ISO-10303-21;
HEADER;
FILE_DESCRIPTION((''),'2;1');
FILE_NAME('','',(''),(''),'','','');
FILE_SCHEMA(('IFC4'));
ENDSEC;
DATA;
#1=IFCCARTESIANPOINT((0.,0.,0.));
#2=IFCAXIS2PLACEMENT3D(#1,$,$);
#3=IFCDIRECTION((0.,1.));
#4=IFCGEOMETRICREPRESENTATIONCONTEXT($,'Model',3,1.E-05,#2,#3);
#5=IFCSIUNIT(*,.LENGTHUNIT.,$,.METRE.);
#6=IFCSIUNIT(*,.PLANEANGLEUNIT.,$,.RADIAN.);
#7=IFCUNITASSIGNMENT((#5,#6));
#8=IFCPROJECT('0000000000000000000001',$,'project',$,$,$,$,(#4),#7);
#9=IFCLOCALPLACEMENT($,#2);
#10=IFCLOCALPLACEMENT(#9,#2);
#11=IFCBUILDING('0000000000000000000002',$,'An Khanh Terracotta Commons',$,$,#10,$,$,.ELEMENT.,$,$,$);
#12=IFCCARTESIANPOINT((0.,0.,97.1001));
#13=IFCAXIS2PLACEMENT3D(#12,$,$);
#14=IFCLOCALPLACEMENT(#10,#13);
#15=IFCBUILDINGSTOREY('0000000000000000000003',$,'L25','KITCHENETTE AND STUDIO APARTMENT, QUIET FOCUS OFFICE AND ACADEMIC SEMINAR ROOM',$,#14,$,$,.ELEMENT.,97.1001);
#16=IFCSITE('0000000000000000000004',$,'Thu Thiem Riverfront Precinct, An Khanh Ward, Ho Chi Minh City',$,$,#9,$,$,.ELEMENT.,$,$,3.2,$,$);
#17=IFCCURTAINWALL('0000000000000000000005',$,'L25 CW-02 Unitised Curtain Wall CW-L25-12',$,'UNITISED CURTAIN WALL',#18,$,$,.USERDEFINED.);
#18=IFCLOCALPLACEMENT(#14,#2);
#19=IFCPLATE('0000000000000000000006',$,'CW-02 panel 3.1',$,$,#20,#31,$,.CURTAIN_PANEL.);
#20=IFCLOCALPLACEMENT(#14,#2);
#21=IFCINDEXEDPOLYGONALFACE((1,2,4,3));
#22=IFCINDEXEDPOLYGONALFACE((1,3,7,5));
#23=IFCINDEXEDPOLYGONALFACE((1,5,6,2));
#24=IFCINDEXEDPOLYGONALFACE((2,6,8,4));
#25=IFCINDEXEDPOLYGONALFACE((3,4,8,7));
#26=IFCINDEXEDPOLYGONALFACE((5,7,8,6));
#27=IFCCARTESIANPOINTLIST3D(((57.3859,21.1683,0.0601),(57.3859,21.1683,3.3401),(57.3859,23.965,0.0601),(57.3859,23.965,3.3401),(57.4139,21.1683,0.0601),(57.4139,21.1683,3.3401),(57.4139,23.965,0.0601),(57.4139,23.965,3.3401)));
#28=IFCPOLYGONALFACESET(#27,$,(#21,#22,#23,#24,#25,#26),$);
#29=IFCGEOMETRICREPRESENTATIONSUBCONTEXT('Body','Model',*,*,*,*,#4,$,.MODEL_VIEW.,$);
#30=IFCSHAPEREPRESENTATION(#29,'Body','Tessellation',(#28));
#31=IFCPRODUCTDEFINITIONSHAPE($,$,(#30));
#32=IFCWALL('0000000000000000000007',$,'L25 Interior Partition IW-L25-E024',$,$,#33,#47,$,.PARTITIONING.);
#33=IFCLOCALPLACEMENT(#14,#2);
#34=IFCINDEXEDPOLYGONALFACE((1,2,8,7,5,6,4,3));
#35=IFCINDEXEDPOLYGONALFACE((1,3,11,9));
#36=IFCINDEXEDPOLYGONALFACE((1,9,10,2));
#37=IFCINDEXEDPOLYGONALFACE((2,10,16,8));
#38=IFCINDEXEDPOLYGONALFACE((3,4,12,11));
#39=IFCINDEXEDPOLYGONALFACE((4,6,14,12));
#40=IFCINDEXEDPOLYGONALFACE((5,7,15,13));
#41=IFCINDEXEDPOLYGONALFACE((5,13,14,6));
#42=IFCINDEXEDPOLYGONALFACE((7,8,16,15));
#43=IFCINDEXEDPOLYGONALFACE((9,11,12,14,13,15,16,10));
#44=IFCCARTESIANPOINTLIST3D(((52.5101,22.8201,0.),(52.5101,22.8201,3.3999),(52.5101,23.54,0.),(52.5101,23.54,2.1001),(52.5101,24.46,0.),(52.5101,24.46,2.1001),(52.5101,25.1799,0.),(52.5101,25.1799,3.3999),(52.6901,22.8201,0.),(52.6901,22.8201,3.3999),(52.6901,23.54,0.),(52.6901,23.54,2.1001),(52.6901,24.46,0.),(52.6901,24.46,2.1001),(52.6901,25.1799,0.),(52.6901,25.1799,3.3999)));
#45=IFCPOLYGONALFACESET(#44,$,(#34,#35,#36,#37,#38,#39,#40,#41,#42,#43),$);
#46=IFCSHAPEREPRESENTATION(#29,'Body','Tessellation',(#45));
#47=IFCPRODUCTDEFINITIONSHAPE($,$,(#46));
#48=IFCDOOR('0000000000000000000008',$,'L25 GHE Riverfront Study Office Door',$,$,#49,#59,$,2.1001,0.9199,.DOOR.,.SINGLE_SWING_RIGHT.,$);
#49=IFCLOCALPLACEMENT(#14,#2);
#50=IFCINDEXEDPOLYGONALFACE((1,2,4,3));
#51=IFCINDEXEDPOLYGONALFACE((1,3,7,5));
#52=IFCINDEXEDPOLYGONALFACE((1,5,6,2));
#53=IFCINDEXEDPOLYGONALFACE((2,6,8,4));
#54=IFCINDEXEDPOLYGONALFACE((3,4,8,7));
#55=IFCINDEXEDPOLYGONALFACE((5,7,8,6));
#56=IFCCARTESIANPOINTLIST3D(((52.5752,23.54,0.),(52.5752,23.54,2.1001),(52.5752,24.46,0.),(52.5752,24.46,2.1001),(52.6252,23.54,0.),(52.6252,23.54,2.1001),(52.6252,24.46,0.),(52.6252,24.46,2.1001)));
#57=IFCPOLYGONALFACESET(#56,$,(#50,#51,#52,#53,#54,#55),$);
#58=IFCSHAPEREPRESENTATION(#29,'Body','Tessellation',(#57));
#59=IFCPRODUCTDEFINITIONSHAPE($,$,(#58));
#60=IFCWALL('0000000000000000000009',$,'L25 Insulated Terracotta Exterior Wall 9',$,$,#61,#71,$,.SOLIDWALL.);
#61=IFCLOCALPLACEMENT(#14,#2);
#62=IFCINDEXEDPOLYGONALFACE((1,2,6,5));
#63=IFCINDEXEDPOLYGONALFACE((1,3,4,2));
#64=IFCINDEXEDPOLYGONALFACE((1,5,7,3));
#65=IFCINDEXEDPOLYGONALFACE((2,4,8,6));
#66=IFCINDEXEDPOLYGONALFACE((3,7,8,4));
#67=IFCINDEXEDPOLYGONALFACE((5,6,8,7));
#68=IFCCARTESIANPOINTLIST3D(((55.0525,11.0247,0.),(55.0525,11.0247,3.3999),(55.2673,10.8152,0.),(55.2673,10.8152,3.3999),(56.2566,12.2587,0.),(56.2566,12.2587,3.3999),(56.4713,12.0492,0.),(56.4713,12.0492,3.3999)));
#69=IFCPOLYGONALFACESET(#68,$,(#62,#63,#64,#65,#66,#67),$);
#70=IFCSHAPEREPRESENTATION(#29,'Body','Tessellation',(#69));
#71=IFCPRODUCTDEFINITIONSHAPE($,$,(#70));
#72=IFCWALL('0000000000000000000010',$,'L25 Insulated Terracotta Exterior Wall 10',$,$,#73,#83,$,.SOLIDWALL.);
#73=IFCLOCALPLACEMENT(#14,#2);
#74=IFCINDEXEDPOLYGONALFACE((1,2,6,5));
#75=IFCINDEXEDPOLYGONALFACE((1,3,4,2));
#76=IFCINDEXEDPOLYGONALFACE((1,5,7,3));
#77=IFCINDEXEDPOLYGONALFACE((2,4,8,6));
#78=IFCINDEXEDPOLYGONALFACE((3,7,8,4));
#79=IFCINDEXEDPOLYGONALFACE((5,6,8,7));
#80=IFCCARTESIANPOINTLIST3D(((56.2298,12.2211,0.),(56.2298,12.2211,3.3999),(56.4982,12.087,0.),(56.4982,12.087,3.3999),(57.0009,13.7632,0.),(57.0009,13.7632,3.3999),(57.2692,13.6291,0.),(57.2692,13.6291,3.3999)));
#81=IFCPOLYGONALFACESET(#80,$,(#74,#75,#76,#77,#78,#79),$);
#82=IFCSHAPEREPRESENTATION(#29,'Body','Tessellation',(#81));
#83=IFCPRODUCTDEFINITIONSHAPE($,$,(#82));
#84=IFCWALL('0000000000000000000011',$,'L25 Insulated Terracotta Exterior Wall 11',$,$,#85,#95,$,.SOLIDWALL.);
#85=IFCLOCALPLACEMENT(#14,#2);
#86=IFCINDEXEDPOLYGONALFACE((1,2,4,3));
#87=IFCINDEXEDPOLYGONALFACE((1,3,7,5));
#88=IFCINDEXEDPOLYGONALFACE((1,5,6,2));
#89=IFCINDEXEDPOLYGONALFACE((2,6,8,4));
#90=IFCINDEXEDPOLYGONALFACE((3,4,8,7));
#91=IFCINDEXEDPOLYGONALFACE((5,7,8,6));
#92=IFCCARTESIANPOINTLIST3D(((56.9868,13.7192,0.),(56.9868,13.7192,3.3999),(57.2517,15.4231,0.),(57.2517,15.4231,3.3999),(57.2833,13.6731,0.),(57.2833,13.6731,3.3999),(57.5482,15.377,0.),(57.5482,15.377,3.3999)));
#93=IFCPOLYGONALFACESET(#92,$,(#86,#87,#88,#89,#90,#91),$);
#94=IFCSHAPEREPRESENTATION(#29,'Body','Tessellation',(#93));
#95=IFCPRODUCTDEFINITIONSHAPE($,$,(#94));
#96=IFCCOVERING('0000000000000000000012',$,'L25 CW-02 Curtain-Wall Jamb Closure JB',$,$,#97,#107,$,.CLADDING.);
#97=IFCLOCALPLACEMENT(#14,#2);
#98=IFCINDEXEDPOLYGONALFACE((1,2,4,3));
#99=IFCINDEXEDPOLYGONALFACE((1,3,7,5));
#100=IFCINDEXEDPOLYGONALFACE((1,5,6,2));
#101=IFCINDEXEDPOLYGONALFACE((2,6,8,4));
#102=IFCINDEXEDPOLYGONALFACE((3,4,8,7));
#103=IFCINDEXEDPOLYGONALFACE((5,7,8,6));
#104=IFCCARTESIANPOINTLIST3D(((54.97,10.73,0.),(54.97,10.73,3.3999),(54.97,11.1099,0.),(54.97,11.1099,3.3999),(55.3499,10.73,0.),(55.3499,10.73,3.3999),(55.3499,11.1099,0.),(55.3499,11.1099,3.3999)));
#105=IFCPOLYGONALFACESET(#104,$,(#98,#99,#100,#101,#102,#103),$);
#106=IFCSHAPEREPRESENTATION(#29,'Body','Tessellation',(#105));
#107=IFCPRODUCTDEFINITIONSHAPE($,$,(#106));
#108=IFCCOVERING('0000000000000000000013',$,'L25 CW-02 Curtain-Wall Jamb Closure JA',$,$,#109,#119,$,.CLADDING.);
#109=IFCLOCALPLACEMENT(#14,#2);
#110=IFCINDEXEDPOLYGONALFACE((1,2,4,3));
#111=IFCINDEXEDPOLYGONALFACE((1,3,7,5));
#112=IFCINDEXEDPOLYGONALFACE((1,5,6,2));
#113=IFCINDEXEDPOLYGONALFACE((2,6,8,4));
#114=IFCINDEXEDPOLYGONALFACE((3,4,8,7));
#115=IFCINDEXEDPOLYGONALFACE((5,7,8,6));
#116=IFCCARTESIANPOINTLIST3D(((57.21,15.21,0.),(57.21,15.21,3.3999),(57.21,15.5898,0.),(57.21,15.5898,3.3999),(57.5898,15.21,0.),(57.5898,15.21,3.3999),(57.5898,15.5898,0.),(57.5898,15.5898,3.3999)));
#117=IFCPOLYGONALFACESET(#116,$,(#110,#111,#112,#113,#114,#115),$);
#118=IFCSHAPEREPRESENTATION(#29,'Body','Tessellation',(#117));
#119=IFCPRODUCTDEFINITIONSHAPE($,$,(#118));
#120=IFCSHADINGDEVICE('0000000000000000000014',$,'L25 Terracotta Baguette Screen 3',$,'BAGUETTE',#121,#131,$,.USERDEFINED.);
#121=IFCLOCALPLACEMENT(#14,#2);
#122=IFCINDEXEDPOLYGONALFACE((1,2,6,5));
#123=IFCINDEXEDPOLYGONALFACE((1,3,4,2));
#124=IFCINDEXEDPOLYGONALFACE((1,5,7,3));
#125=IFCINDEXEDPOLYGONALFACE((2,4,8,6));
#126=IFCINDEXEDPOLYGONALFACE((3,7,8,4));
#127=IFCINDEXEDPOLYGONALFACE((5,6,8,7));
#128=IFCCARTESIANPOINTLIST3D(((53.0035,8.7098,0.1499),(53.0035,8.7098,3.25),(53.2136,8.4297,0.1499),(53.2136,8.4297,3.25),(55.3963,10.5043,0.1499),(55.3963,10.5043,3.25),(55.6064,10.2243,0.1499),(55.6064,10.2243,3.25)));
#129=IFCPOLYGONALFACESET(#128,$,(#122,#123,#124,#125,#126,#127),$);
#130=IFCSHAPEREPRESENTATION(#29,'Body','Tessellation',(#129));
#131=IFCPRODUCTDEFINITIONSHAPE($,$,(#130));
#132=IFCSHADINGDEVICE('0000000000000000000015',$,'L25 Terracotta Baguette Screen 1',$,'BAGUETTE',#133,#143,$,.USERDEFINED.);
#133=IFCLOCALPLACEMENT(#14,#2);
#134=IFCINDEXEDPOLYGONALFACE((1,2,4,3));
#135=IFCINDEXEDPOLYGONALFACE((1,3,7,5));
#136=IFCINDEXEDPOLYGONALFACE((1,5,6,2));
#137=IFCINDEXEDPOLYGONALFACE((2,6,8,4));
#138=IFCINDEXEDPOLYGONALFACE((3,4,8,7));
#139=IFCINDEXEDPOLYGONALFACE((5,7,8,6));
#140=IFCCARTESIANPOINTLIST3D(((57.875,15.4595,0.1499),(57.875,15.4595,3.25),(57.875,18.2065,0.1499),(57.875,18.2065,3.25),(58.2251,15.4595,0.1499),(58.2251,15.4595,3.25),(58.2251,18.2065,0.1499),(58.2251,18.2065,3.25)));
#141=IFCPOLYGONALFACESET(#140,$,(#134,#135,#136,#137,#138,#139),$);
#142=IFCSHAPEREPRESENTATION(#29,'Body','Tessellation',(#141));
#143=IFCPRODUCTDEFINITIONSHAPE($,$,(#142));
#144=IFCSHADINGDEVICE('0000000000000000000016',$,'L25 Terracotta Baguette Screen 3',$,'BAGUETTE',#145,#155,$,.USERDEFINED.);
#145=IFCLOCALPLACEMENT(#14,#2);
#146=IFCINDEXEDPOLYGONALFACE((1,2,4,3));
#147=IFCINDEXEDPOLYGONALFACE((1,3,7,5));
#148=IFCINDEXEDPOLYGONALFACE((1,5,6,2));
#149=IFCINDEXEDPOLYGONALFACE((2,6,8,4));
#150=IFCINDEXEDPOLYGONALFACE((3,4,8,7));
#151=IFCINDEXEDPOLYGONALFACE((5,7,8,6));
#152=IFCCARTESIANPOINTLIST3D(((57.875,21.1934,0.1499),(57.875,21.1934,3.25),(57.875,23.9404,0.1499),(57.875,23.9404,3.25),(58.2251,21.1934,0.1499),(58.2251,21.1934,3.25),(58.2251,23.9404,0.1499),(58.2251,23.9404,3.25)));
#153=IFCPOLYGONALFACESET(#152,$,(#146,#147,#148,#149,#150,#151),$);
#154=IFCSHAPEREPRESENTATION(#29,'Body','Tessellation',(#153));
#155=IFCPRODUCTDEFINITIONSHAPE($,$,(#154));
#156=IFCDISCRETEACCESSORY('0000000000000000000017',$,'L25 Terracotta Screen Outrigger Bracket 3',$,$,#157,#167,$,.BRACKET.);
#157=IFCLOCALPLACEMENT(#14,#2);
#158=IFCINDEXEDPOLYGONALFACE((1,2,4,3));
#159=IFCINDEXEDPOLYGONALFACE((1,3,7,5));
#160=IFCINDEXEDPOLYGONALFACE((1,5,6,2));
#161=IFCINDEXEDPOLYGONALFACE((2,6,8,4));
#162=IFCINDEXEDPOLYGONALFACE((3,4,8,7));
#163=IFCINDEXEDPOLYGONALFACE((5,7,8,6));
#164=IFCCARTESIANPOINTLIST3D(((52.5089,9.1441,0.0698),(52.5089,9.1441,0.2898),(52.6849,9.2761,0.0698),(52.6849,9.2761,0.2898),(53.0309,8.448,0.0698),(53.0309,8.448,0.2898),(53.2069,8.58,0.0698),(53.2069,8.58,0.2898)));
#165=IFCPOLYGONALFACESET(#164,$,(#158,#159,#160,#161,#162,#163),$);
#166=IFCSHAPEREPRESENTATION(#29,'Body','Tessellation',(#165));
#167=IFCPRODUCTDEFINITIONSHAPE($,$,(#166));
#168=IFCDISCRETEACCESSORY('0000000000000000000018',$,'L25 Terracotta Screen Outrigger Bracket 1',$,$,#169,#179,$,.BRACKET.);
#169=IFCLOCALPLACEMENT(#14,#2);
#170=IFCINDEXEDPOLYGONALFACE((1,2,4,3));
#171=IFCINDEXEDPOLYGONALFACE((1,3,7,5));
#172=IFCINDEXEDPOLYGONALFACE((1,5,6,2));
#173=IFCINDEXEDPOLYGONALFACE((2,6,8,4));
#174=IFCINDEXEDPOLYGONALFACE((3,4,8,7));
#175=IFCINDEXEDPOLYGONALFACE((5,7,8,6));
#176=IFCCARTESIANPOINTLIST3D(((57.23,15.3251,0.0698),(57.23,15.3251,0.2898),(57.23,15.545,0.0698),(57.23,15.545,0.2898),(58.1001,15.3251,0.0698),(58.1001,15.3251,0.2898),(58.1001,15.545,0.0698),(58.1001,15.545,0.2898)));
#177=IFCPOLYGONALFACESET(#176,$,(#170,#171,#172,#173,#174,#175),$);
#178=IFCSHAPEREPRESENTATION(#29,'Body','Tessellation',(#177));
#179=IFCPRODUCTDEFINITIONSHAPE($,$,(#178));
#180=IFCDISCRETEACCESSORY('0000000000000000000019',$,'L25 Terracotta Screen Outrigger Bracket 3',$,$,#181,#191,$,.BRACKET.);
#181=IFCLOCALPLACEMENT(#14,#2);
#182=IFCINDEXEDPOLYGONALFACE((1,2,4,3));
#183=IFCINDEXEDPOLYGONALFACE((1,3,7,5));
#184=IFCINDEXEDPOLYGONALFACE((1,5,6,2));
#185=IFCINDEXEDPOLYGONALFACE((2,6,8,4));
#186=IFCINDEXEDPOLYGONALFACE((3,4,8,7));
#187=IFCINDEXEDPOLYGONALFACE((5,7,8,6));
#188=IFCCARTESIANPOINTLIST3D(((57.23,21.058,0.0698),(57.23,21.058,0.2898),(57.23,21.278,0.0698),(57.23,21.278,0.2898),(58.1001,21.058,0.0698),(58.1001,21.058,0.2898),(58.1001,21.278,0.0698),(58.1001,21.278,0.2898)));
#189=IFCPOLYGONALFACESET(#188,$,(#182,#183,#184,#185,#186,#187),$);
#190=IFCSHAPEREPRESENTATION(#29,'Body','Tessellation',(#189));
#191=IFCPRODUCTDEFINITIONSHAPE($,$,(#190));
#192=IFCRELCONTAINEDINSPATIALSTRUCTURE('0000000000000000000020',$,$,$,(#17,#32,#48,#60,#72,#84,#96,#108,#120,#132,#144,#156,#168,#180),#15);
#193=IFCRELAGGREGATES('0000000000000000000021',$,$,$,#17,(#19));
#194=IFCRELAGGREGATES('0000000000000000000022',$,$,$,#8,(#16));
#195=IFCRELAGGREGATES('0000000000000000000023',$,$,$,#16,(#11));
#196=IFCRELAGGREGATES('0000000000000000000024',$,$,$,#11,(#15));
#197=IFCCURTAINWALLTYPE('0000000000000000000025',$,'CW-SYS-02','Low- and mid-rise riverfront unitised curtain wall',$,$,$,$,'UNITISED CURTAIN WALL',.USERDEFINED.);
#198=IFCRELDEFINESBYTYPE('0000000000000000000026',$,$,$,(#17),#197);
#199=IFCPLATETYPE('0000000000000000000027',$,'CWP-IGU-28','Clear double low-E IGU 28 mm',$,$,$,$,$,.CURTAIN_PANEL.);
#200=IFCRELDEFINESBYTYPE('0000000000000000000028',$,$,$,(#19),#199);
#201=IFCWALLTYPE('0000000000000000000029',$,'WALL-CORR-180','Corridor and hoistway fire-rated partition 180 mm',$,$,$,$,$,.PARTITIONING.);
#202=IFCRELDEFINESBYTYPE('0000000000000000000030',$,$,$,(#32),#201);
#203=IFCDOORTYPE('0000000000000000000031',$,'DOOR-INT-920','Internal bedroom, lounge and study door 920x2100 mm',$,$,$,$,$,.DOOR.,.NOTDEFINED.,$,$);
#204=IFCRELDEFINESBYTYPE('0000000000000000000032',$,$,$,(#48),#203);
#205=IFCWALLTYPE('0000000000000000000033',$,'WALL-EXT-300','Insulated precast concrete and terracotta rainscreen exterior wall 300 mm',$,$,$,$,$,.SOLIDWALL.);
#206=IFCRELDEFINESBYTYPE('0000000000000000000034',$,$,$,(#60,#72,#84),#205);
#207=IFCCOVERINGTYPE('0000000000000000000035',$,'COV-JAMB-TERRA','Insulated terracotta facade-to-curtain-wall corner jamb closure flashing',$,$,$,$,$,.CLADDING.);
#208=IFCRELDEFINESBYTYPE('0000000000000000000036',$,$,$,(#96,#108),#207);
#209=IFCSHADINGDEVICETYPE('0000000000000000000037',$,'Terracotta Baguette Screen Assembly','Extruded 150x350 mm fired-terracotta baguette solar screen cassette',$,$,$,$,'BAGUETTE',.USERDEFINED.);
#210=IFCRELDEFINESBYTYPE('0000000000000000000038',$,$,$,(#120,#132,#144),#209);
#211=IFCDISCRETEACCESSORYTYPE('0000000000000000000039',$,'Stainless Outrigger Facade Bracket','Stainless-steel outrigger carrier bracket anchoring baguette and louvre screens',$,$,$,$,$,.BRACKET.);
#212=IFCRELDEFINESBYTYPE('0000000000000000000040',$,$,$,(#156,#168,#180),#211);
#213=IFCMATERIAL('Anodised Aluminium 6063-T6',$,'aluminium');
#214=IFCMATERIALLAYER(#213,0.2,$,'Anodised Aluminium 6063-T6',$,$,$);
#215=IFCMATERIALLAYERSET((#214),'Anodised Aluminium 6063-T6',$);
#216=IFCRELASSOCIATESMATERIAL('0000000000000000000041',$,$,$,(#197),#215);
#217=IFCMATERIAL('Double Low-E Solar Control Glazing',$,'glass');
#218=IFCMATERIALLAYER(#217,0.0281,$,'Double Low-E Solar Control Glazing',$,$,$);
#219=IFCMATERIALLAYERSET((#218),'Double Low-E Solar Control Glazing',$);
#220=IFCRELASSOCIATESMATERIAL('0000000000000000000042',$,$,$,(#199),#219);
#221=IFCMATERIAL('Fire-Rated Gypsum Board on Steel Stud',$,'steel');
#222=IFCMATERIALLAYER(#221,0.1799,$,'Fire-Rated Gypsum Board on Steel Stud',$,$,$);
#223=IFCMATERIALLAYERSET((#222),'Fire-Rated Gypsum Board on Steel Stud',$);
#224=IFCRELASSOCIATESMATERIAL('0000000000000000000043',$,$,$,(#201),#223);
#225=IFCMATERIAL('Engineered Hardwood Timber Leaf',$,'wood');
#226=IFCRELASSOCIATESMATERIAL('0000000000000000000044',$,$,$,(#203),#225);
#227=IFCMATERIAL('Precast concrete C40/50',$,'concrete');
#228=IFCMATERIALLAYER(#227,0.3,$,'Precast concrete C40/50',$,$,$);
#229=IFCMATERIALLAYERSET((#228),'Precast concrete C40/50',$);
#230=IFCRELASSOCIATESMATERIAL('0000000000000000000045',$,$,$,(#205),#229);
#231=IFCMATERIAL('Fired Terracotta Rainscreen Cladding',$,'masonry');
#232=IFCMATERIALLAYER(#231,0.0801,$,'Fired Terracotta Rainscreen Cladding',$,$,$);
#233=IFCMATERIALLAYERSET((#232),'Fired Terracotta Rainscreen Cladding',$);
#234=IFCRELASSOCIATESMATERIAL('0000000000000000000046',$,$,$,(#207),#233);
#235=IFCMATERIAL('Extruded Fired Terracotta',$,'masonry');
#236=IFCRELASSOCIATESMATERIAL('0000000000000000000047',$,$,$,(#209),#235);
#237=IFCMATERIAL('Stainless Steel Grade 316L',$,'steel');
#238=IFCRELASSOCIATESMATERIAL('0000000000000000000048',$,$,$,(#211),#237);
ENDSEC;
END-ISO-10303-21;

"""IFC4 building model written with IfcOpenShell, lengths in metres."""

from ifc_helpers import new_model, si_unit, direction, frame, frame_2d, origin, origin_2d, place, context, subcontext, project, spatial, rectangle, extrude, material, layer, layer_set, type_object, element, fill, aggregate, save


model = new_model("IFC4")

# Units and contexts
model_context = context("Model", 3, precision=1e-05, world=origin(), true_north=direction((0.0, 1.0)))
body_context = subcontext(model_context, "Body", "Model", "MODEL_VIEW")
ifc_project = project(units=[si_unit("LENGTHUNIT", "METRE"), si_unit("PLANEANGLEUNIT", "RADIAN")], contexts=[model_context])

# Site, building, storey
site_placement = place(None, origin())
site = spatial("IfcSite", under=ifc_project, at=site_placement, Name="Thu Thiem Riverfront Precinct, An Khanh Ward, Ho Chi Minh City", CompositionType="ELEMENT", RefElevation=3.2)
building_placement = place(site_placement, origin())
building = spatial("IfcBuilding", under=site, at=building_placement, Name="An Khanh Terracotta Commons", CompositionType="ELEMENT")
storey_placement = place(building_placement, frame((0.0, 0.0, 97.1001)))
storey = spatial("IfcBuildingStorey", under=building, at=storey_placement, Name="L25", Description="KITCHENETTE AND STUDIO APARTMENT, QUIET FOCUS OFFICE AND ACADEMIC SEMINAR ROOM", CompositionType="ELEMENT", Elevation=97.1001)

# Curtain wall
ifc_material_1 = material(Name="Anodised Aluminium 6063-T6", Category="aluminium")
ifc_layer_1 = layer(ifc_material_1, 0.2, Name="Anodised Aluminium 6063-T6")
ifc_layer_set_1 = layer_set([ifc_layer_1], Name="Anodised Aluminium 6063-T6")
curtain_wall_type = type_object("IfcCurtainWallType", Name="CW-SYS-02", Description="Low- and mid-rise riverfront unitised curtain wall", ElementType="UNITISED CURTAIN WALL", PredefinedType="USERDEFINED", material=ifc_layer_set_1)
curtain_wall_1_placement = place(storey_placement, origin())
curtain_wall_1 = element("IfcCurtainWall", 1, at=curtain_wall_1_placement, inside=storey, type_object=curtain_wall_type, Name="L25 CW-02 Unitised Curtain Wall CW-L25-12", ObjectType="UNITISED CURTAIN WALL", PredefinedType="USERDEFINED")

# Plate
ifc_material_2 = material(Name="Double Low-E Solar Control Glazing", Category="glass")
ifc_layer_2 = layer(ifc_material_2, 0.0281, Name="Double Low-E Solar Control Glazing")
ifc_layer_set_2 = layer_set([ifc_layer_2], Name="Double Low-E Solar Control Glazing")
plate_type = type_object("IfcPlateType", Name="CWP-IGU-28", Description="Clear double low-E IGU 28 mm", PredefinedType="CURTAIN_PANEL", material=ifc_layer_set_2)
plate_1_placement = place(storey_placement, frame((57.3999, 22.5667, 0.0601), z_axis=(0.0, 0.0, 1.0), x_axis=(0.0, 1.0, 0.0)))
plate_1 = element("IfcPlate", 2, at=plate_1_placement, type_object=plate_type, Name="CW-02 panel 3.1", PredefinedType="CURTAIN_PANEL", context=body_context, shape_type="SweptSolid", body=[
    extrude(rectangle(XDim=2.7966, YDim=0.0281, at=origin_2d()), origin(), (0.0, 0.0, 1.0), 3.28),
])
aggregate(curtain_wall_1, [plate_1])

# Wall, opening, door
ifc_material_3 = material(Name="Fire-Rated Gypsum Board on Steel Stud", Category="steel")
ifc_layer_3 = layer(ifc_material_3, 0.1799, Name="Fire-Rated Gypsum Board on Steel Stud")
ifc_layer_set_3 = layer_set([ifc_layer_3], Name="Fire-Rated Gypsum Board on Steel Stud")
wall_type_1 = type_object("IfcWallType", Name="WALL-CORR-180", Description="Corridor and hoistway fire-rated partition 180 mm", PredefinedType="PARTITIONING", material=ifc_layer_set_3)
wall_1_placement = place(storey_placement, frame((52.6001, 22.8201, 0.0), z_axis=(0.0, 0.0, 1.0), x_axis=(0.0, 1.0, 0.0)))
wall_1 = element("IfcWall", 3, at=wall_1_placement, inside=storey, type_object=wall_type_1, Name="L25 Interior Partition IW-L25-E024", PredefinedType="PARTITIONING", context=body_context, shape_type="SweptSolid", body=[
    extrude(rectangle(XDim=2.3599, YDim=0.1799, at=frame_2d((1.1799, 0.0))), origin(), (0.0, 0.0, 1.0), 3.3999),
])
opening_placement = place(wall_1_placement, frame((0.72, 0.0, 0.0)))
opening = element("IfcOpeningElement", 4, at=opening_placement, cuts=wall_1, PredefinedType="OPENING", context=body_context, shape_type="SweptSolid", body=[
    extrude(rectangle(XDim=0.9199, YDim=2.1001, at=frame_2d((0.46, 1.05))), frame((0.0, 0.0999, 0.0), z_axis=(0.0, -1.0, 0.0), x_axis=(1.0, 0.0, 0.0)), (0.0, 0.0, 1.0), 0.2),
])
ifc_material_4 = material(Name="Engineered Hardwood Timber Leaf", Category="wood")
door_type = type_object("IfcDoorType", Name="DOOR-INT-920", Description="Internal bedroom, lounge and study door 920x2100 mm", OperationType="NOTDEFINED", PredefinedType="DOOR", material=ifc_material_4)
door_placement = place(opening_placement, origin())
door = element("IfcDoor", 5, at=door_placement, inside=storey, type_object=door_type, Name="L25 GHE Riverfront Study Office Door", OperationType="SINGLE_SWING_RIGHT", OverallHeight=2.1001, OverallWidth=0.9199, PredefinedType="DOOR", context=body_context, shape_type="SweptSolid", body=[
    extrude(rectangle(XDim=0.9199, YDim=2.1001, at=frame_2d((0.46, 1.05))), frame((0.0, 0.0249, 0.0), z_axis=(0.0, -1.0, 0.0), x_axis=(1.0, 0.0, 0.0)), (0.0, 0.0, 1.0), 0.05),
])
fill(opening, door)

# Walls
ifc_material_5 = material(Name="Precast concrete C40/50", Category="concrete")
ifc_layer_4 = layer(ifc_material_5, 0.3, Name="Precast concrete C40/50")
ifc_layer_set_4 = layer_set([ifc_layer_4], Name="Precast concrete C40/50")
wall_type_2 = type_object("IfcWallType", Name="WALL-EXT-300", Description="Insulated precast concrete and terracotta rainscreen exterior wall 300 mm", PredefinedType="SOLIDWALL", material=ifc_layer_set_4)
for number, where, z_axis, x_axis, name in (
    (6, (55.1599, 10.9199, 0.0), (0.0, 0.0, 1.0), (0.698345, 0.715761, 0.0), "L25 Insulated Terracotta Exterior Wall 9"),
    (7, (56.364, 12.1541, 0.0), (0.0, 0.0, 1.0), (0.447214, 0.894427, 0.0), "L25 Insulated Terracotta Exterior Wall 10"),
):
    element("IfcWall", number, at=place(storey_placement, frame(where, z_axis=z_axis, x_axis=x_axis)), inside=storey, type_object=wall_type_2, Name=name, PredefinedType="SOLIDWALL", context=body_context, shape_type="SweptSolid", body=[
        extrude(rectangle(XDim=1.7241, YDim=0.3, at=frame_2d((0.8621, 0.0))), origin(), (0.0, 0.0, 1.0), 3.3999),
    ])
wall_2_placement = place(storey_placement, frame((57.135, 13.696, 0.0), z_axis=(0.0, 0.0, 1.0), x_axis=(0.153621, 0.98813, 0.0)))
element("IfcWall", 8, at=wall_2_placement, inside=storey, type_object=wall_type_2, Name="L25 Insulated Terracotta Exterior Wall 11", PredefinedType="SOLIDWALL", context=body_context, shape_type="SweptSolid", body=[
    extrude(rectangle(XDim=1.7244, YDim=0.3, at=frame_2d((0.8623, 0.0))), origin(), (0.0, 0.0, 1.0), 3.3999),
])

# Coverings
ifc_material_6 = material(Name="Fired Terracotta Rainscreen Cladding", Category="masonry")
ifc_layer_5 = layer(ifc_material_6, 0.0801, Name="Fired Terracotta Rainscreen Cladding")
ifc_layer_set_5 = layer_set([ifc_layer_5], Name="Fired Terracotta Rainscreen Cladding")
covering_type = type_object("IfcCoveringType", Name="COV-JAMB-TERRA", Description="Insulated terracotta facade-to-curtain-wall corner jamb closure flashing", PredefinedType="CLADDING", material=ifc_layer_set_5)
for number, where, z_axis, x_axis, name in (
    (9, (55.1599, 10.9199, 0.0), (0.0, 0.0, 1.0), (1.0, 0.0, 0.0), "L25 CW-02 Curtain-Wall Jamb Closure JB"),
    (10, (57.3999, 15.3999, 0.0), (0.0, 0.0, 1.0), (1.0, 0.0, 0.0), "L25 CW-02 Curtain-Wall Jamb Closure JA"),
):
    element("IfcCovering", number, at=place(storey_placement, frame(where, z_axis=z_axis, x_axis=x_axis)), inside=storey, type_object=covering_type, Name=name, PredefinedType="CLADDING", context=body_context, shape_type="SweptSolid", body=[
        extrude(rectangle(XDim=0.3799, YDim=0.3799, at=origin_2d()), origin(), (0.0, 0.0, 1.0), 3.3999),
    ])

# Shading devices
ifc_material_7 = material(Name="Extruded Fired Terracotta", Category="masonry")
shading_device_type = type_object("IfcShadingDeviceType", Name="Terracotta Baguette Screen Assembly", Description="Extruded 150x350 mm fired-terracotta baguette solar screen cassette", ElementType="BAGUETTE", PredefinedType="USERDEFINED", material=ifc_material_7)
shading_device_placement = place(storey_placement, frame((54.3049, 9.467, 0.1499), z_axis=(0.0, 0.0, 1.0), x_axis=(0.800013, 0.599983, 0.0)))
element("IfcShadingDevice", 11, at=shading_device_placement, inside=storey, type_object=shading_device_type, Name="L25 Terracotta Baguette Screen 3", ObjectType="BAGUETTE", PredefinedType="USERDEFINED", context=body_context, shape_type="SweptSolid", body=[
    extrude(rectangle(XDim=2.991, YDim=0.3501, at=origin_2d()), origin(), (0.0, 0.0, 1.0), 3.1001),
])
for number, where, z_axis, x_axis, name in (
    (12, (58.05, 16.833, 0.1499), (0.0, 0.0, 1.0), (0.0, 1.0, 0.0), "L25 Terracotta Baguette Screen 1"),
    (13, (58.05, 22.5669, 0.1499), (0.0, 0.0, 1.0), (0.0, 1.0, 0.0), "L25 Terracotta Baguette Screen 3"),
):
    element("IfcShadingDevice", number, at=place(storey_placement, frame(where, z_axis=z_axis, x_axis=x_axis)), inside=storey, type_object=shading_device_type, Name=name, ObjectType="BAGUETTE", PredefinedType="USERDEFINED", context=body_context, shape_type="SweptSolid", body=[
        extrude(rectangle(XDim=2.7471, YDim=0.3501, at=origin_2d()), origin(), (0.0, 0.0, 1.0), 3.1001),
    ])

# Discrete accessories
ifc_material_8 = material(Name="Stainless Steel Grade 316L", Category="steel")
discrete_accessory_type = type_object("IfcDiscreteAccessoryType", Name="Stainless Outrigger Facade Bracket", Description="Stainless-steel outrigger carrier bracket anchoring baguette and louvre screens", PredefinedType="BRACKET", material=ifc_material_8)
for number, where, z_axis, x_axis, name in (
    (14, (52.8579, 8.8621, 0.0698), (0.0, 0.0, 1.0), (0.800013, 0.599983, 0.0), "L25 Terracotta Screen Outrigger Bracket 3"),
    (15, (57.665, 15.4351, 0.0698), (0.0, 0.0, 1.0), (0.0, 1.0, 0.0), "L25 Terracotta Screen Outrigger Bracket 1"),
    (16, (57.665, 21.168, 0.0698), (0.0, 0.0, 1.0), (0.0, 1.0, 0.0), "L25 Terracotta Screen Outrigger Bracket 3"),
):
    element("IfcDiscreteAccessory", number, at=place(storey_placement, frame(where, z_axis=z_axis, x_axis=x_axis)), inside=storey, type_object=discrete_accessory_type, Name=name, PredefinedType="BRACKET", context=body_context, shape_type="SweptSolid", body=[
        extrude(rectangle(XDim=0.22, YDim=0.8701, at=origin_2d()), origin(), (0.0, 0.0, 1.0), 0.22),
    ])

save(model, "model.ifc")
